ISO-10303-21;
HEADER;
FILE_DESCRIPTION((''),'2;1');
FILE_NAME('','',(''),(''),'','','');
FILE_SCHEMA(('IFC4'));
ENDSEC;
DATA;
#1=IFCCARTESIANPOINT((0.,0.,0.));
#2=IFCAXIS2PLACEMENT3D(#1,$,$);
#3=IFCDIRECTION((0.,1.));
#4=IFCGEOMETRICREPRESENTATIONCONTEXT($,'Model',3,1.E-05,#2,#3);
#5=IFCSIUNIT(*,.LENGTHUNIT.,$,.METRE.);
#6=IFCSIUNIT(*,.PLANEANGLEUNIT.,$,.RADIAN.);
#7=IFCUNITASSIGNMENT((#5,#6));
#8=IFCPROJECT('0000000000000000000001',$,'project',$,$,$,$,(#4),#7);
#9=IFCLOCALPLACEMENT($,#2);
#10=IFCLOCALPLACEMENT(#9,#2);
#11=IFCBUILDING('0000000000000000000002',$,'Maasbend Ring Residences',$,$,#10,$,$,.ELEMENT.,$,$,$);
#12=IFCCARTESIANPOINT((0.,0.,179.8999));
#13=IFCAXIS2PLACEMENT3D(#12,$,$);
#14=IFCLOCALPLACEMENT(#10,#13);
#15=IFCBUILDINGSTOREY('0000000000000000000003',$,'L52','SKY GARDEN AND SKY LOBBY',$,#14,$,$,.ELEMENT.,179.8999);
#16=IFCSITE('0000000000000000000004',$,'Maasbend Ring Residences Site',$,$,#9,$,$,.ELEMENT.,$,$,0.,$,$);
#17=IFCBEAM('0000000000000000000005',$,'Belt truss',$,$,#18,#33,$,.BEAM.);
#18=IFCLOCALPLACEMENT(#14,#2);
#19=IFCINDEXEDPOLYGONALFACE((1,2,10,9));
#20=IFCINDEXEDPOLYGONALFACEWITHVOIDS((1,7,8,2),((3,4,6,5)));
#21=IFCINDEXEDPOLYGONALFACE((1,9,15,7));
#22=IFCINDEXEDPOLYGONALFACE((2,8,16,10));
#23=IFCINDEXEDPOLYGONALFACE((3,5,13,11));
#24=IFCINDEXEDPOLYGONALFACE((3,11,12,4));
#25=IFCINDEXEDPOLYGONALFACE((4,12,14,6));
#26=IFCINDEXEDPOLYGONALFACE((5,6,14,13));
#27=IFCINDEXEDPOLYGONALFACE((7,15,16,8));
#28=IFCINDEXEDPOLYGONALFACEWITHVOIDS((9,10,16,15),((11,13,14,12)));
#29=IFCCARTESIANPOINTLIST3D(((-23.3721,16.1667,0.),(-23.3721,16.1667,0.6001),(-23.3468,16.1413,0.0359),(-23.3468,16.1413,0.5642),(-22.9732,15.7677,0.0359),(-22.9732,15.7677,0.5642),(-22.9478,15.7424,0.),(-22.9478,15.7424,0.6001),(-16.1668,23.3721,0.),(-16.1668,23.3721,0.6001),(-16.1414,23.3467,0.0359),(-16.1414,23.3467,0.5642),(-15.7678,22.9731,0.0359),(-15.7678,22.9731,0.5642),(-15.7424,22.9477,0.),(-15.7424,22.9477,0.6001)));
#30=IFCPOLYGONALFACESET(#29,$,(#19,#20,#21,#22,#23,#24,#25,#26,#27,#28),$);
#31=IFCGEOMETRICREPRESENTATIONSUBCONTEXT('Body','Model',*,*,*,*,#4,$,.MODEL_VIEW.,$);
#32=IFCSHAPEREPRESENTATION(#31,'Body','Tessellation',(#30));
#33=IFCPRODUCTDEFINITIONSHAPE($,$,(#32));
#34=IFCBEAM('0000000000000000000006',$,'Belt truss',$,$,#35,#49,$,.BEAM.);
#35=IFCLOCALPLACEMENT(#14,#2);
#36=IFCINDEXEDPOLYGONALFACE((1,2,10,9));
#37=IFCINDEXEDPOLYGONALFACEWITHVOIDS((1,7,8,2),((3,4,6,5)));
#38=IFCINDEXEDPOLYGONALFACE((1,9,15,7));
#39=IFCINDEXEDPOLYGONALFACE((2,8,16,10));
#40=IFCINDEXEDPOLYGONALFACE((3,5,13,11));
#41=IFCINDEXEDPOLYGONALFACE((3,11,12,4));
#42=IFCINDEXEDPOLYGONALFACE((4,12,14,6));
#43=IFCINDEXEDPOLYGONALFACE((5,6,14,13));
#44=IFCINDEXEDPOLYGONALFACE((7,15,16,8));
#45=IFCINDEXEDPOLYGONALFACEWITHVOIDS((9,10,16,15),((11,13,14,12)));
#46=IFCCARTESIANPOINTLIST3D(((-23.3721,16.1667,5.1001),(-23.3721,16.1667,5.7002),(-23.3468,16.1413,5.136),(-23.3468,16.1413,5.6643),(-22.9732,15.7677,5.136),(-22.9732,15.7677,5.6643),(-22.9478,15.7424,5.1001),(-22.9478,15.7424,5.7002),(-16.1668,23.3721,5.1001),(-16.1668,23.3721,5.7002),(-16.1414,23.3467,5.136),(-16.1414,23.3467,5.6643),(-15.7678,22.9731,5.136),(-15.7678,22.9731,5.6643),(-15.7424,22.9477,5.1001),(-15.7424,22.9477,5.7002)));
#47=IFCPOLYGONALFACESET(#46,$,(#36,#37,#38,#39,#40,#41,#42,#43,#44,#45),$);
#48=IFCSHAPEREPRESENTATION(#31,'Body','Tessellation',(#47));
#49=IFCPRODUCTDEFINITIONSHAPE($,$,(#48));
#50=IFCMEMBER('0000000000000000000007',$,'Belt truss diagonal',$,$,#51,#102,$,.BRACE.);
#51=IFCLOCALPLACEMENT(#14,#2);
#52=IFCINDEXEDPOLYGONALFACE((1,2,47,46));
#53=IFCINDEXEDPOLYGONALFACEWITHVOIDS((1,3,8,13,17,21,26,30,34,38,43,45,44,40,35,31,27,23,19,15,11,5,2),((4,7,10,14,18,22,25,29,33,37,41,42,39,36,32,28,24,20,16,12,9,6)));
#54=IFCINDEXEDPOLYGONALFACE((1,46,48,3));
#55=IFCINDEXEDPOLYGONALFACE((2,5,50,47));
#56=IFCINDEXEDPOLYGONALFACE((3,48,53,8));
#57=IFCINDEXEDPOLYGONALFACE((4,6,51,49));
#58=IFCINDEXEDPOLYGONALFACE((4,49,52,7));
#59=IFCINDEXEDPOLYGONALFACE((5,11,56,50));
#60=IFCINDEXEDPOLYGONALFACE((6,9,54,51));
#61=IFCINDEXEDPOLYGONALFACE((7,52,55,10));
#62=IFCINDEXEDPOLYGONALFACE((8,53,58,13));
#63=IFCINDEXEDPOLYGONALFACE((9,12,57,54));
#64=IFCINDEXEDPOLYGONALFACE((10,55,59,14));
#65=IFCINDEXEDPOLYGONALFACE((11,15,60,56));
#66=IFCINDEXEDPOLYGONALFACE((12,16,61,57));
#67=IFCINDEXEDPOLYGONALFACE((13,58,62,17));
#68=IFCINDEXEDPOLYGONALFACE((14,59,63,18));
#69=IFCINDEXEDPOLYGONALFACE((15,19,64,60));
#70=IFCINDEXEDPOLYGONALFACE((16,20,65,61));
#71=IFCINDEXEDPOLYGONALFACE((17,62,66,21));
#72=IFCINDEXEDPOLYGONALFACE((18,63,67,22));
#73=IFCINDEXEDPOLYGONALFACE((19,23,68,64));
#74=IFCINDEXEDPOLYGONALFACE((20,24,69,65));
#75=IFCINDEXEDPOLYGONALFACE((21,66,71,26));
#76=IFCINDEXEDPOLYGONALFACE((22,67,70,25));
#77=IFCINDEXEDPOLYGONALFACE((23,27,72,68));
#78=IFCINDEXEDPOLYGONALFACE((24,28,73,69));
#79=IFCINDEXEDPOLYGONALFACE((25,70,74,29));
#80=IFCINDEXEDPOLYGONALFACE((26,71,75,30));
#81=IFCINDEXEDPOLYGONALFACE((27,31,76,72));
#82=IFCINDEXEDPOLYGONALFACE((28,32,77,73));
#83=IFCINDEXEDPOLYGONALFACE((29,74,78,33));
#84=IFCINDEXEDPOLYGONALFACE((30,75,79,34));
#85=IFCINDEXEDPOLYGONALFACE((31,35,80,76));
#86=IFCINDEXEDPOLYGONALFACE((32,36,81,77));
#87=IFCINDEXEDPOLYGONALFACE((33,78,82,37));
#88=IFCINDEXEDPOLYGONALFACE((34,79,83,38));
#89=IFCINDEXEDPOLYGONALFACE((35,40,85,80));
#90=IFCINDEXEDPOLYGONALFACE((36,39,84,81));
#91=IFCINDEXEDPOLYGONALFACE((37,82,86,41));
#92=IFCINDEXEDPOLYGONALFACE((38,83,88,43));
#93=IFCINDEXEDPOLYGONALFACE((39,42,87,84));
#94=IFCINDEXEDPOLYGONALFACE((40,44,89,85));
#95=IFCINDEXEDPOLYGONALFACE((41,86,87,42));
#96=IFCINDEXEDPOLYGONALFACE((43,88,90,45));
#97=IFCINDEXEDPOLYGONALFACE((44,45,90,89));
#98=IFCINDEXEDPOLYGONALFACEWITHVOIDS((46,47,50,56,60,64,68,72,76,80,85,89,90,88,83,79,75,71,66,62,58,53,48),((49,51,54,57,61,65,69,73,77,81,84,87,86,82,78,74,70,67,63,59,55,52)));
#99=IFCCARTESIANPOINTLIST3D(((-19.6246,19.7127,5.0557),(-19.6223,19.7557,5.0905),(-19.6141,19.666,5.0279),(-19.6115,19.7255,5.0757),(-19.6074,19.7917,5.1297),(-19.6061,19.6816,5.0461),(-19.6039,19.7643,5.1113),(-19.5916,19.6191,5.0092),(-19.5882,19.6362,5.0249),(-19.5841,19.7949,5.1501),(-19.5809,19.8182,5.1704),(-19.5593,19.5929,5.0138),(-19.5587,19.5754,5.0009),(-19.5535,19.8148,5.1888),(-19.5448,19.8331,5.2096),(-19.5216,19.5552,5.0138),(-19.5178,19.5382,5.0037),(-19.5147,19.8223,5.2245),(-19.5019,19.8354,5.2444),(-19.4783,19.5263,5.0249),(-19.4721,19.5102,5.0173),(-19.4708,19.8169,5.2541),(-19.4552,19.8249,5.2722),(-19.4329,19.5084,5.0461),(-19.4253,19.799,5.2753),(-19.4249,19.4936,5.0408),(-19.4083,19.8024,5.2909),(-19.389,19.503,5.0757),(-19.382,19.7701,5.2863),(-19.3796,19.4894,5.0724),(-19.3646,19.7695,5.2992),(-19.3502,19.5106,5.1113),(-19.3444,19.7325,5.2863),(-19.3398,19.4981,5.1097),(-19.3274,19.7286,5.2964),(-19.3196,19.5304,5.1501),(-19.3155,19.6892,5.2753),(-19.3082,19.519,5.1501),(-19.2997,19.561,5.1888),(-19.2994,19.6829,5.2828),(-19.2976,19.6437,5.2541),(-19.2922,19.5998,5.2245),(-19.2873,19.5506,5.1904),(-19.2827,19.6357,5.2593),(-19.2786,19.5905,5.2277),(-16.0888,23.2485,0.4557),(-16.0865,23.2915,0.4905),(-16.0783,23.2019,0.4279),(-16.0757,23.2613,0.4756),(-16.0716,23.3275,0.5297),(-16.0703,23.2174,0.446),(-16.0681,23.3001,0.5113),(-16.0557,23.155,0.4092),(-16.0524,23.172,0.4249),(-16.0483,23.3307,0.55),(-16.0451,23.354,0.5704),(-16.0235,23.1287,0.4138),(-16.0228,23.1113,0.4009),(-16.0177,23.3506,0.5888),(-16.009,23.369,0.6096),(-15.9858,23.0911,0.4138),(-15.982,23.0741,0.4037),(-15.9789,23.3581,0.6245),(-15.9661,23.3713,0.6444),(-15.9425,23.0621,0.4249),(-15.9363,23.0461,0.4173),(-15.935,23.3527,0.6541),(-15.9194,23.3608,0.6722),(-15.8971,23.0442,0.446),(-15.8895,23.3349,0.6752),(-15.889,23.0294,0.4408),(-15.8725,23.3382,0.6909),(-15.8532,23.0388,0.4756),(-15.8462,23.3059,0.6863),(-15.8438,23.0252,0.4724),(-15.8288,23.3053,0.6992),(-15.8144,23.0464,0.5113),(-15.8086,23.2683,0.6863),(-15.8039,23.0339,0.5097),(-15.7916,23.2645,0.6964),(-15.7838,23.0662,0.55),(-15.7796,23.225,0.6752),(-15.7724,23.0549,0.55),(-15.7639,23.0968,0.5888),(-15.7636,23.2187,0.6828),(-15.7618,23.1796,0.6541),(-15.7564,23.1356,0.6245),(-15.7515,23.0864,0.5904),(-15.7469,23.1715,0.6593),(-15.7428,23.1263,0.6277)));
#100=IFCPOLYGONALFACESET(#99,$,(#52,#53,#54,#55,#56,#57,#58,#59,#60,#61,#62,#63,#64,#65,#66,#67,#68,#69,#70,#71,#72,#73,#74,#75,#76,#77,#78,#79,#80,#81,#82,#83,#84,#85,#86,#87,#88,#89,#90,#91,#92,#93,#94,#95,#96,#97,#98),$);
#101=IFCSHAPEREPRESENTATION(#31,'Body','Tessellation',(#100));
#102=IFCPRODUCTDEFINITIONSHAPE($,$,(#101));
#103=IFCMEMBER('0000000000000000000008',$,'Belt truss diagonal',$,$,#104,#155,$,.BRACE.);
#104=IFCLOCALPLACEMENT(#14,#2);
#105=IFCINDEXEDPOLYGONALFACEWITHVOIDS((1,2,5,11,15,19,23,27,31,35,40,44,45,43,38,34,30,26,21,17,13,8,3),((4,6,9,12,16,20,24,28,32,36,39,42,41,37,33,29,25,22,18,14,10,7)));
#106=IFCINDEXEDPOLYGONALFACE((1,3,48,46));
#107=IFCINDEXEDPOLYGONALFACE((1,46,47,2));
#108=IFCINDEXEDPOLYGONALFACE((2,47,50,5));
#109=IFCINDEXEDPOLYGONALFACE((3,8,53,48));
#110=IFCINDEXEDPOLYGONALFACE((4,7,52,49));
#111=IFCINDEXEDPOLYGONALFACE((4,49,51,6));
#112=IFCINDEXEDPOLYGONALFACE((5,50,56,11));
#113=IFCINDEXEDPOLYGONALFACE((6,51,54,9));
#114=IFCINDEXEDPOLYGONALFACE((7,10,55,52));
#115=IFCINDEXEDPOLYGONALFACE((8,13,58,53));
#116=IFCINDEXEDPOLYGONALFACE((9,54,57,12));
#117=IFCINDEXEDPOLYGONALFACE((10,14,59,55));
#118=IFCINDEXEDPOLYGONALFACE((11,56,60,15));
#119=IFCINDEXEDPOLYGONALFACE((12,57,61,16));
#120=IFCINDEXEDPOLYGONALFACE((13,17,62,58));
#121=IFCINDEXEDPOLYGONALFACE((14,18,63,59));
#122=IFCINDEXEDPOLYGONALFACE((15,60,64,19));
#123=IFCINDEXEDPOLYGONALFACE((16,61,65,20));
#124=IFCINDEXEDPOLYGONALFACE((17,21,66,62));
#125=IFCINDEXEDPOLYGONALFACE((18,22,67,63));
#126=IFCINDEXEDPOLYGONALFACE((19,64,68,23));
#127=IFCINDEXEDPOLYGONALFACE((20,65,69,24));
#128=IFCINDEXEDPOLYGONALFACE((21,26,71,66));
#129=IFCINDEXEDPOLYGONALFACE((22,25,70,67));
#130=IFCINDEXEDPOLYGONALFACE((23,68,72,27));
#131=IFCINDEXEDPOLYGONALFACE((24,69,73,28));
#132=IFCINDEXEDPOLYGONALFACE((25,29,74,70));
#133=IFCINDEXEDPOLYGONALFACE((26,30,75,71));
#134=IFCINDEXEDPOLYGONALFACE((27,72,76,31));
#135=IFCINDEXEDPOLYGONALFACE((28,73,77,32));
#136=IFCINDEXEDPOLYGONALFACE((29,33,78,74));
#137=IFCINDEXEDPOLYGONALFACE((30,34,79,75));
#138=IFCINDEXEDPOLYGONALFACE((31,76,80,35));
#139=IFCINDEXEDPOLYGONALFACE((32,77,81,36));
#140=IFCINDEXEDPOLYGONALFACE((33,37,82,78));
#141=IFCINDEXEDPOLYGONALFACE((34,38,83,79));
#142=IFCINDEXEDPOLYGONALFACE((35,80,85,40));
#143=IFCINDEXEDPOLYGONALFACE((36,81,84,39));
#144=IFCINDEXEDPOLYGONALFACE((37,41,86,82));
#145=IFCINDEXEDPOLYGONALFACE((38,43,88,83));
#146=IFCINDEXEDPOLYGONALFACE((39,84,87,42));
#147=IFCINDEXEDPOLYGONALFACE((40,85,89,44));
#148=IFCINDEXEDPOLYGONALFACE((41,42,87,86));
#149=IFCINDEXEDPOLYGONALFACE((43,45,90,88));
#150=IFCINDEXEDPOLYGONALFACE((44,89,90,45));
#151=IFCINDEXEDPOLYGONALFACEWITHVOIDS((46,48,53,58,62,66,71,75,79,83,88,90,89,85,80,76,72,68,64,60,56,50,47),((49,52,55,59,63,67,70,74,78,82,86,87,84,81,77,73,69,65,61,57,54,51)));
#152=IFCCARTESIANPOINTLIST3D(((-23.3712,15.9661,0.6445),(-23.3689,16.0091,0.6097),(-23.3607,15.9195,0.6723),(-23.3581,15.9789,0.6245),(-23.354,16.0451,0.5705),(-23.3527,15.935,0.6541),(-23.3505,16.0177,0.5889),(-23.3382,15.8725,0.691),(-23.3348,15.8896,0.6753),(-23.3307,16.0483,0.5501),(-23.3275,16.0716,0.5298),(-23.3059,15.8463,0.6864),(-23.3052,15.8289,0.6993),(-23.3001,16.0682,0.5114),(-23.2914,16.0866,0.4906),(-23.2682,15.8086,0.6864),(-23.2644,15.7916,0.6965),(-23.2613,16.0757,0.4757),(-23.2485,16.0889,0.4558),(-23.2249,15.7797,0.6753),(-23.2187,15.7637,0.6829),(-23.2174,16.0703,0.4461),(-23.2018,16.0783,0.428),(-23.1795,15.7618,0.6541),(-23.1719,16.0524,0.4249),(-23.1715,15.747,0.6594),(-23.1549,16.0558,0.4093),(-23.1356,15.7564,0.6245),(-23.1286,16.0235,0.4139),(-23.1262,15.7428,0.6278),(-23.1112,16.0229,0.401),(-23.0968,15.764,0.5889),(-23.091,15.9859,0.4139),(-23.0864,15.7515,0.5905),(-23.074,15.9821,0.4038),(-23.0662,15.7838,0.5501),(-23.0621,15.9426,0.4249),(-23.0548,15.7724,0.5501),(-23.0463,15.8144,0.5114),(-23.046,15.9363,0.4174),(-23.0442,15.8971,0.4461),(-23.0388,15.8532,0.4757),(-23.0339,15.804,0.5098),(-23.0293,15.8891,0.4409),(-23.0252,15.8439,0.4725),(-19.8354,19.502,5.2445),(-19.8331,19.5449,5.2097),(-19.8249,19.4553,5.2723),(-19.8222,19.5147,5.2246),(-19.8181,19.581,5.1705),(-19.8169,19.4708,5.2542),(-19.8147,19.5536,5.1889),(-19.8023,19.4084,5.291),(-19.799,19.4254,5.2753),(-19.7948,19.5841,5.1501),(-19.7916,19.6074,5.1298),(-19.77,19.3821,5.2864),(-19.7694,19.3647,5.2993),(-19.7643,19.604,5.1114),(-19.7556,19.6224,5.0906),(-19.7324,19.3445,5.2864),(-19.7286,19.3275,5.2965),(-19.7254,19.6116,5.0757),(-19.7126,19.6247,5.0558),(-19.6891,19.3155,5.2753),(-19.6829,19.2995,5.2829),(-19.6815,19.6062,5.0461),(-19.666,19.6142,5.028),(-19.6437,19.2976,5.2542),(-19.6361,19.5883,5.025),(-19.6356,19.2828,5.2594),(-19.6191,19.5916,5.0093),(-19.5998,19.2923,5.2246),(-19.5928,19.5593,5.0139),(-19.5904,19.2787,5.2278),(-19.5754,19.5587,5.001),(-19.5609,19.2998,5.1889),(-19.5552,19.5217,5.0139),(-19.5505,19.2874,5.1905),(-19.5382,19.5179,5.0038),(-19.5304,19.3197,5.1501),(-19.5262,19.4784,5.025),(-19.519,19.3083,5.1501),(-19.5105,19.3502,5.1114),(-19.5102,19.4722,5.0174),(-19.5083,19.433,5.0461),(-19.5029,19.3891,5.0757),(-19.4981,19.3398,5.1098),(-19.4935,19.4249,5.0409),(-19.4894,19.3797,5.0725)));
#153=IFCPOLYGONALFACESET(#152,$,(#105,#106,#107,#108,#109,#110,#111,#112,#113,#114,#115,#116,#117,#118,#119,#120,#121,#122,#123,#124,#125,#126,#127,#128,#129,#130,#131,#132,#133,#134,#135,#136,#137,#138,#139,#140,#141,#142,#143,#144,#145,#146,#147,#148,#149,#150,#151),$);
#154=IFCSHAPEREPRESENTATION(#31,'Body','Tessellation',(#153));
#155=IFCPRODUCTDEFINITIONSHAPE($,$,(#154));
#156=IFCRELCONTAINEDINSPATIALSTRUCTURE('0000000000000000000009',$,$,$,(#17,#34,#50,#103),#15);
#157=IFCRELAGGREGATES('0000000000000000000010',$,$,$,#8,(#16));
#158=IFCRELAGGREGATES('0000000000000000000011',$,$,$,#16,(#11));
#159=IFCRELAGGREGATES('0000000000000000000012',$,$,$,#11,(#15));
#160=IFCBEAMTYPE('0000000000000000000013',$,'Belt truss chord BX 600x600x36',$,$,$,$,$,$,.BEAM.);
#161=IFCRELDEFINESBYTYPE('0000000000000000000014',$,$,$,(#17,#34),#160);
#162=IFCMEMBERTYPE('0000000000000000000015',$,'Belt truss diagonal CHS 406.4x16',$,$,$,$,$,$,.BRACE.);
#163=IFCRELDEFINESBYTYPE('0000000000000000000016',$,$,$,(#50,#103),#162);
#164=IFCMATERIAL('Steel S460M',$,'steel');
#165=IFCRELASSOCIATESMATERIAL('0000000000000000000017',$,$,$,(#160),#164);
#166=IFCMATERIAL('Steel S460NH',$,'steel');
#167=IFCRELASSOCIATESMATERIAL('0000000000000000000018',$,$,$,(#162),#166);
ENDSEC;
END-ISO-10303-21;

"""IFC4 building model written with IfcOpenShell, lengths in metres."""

from ifc_helpers import new_model, si_unit, direction, frame, origin, origin_2d, place, context, subcontext, project, spatial, hollow_rectangle, hollow_circle, extrude, material, material_profile, profile_set, type_object, element, save


model = new_model("IFC4")

# Units and contexts
model_context = context("Model", 3, precision=1e-05, world=origin(), true_north=direction((0.0, 1.0)))
body_context = subcontext(model_context, "Body", "Model", "MODEL_VIEW")
ifc_project = project(units=[si_unit("LENGTHUNIT", "METRE"), si_unit("PLANEANGLEUNIT", "RADIAN")], contexts=[model_context])

# Site, building, storey
site_placement = place(None, origin())
site = spatial("IfcSite", under=ifc_project, at=site_placement, Name="Maasbend Ring Residences Site", CompositionType="ELEMENT", RefElevation=0.0)
building_placement = place(site_placement, origin())
building = spatial("IfcBuilding", under=site, at=building_placement, Name="Maasbend Ring Residences", CompositionType="ELEMENT")
storey_placement = place(building_placement, frame((0.0, 0.0, 179.8999)))
storey = spatial("IfcBuildingStorey", under=building, at=storey_placement, Name="L52", Description="SKY GARDEN AND SKY LOBBY", CompositionType="ELEMENT", Elevation=179.8999)

# Beams
ifc_material_1 = material(Name="Steel S460M", Category="steel")
ifc_material_profile_1 = material_profile(ifc_material_1, hollow_rectangle(XDim=0.6001, YDim=0.6001, WallThickness=0.0359, at=origin_2d()), Name="Belt truss chord BX 600x600x36")
ifc_profile_set_1 = profile_set([ifc_material_profile_1], Name="Steel S460M")
beam_type_1 = type_object("IfcBeamType", Name="Belt truss chord BX 600x600x36", PredefinedType="BEAM", material=ifc_profile_set_1)
for number, where, z_axis, x_axis, name in (
    (1, (-15.9546, 23.1599, 0.3), (-0.707107, -0.707107, 0.0), (0.707107, -0.707107, 0.0), "Belt truss"),
    (2, (-15.9546, 23.1599, 5.4001), (-0.707107, -0.707107, 0.0), (0.707107, -0.707107, 0.0), "Belt truss"),
):
    element("IfcBeam", number, at=place(storey_placement, frame(where, z_axis=z_axis, x_axis=x_axis)), inside=storey, type_object=beam_type_1, Name=name, PredefinedType="BEAM", context=body_context, shape_type="SweptSolid", body=[
        extrude(hollow_rectangle(XDim=0.6001, YDim=0.6001, WallThickness=0.0359, at=origin_2d()), origin(), (0.0, 0.0, 1.0), 10.1899),
    ])

# Members
ifc_material_2 = material(Name="Steel S460NH", Category="steel")
ifc_material_profile_2 = material_profile(ifc_material_2, hollow_circle(Radius=0.2031, WallThickness=0.0161, at=origin_2d()), Name="Belt truss diagonal CHS 406.4x16")
ifc_profile_set_2 = profile_set([ifc_material_profile_2], Name="Steel S460NH")
member_type_1 = type_object("IfcMemberType", Name="Belt truss diagonal CHS 406.4x16", PredefinedType="BRACE", material=ifc_profile_set_2)
for number, where, z_axis, x_axis, name in (
    (3, (-15.916, 23.1985, 0.55), (-0.520401, -0.520401, 0.677028), (0.707107, -0.707107, 0.0), "Belt truss diagonal"),
    (4, (-19.6626, 19.4519, 5.1501), (-0.520401, -0.520401, -0.677028), (0.707107, -0.707107, 0.0), "Belt truss diagonal"),
):
    element("IfcMember", number, at=place(storey_placement, frame(where, z_axis=z_axis, x_axis=x_axis)), inside=storey, type_object=member_type_1, Name=name, PredefinedType="BRACE", context=body_context, shape_type="SweptSolid", body=[
        extrude(hollow_circle(Radius=0.2031, WallThickness=0.0161, at=origin_2d()), origin(), (0.0, 0.0, 1.0), 6.7944),
    ])

save(model, "model.ifc")
